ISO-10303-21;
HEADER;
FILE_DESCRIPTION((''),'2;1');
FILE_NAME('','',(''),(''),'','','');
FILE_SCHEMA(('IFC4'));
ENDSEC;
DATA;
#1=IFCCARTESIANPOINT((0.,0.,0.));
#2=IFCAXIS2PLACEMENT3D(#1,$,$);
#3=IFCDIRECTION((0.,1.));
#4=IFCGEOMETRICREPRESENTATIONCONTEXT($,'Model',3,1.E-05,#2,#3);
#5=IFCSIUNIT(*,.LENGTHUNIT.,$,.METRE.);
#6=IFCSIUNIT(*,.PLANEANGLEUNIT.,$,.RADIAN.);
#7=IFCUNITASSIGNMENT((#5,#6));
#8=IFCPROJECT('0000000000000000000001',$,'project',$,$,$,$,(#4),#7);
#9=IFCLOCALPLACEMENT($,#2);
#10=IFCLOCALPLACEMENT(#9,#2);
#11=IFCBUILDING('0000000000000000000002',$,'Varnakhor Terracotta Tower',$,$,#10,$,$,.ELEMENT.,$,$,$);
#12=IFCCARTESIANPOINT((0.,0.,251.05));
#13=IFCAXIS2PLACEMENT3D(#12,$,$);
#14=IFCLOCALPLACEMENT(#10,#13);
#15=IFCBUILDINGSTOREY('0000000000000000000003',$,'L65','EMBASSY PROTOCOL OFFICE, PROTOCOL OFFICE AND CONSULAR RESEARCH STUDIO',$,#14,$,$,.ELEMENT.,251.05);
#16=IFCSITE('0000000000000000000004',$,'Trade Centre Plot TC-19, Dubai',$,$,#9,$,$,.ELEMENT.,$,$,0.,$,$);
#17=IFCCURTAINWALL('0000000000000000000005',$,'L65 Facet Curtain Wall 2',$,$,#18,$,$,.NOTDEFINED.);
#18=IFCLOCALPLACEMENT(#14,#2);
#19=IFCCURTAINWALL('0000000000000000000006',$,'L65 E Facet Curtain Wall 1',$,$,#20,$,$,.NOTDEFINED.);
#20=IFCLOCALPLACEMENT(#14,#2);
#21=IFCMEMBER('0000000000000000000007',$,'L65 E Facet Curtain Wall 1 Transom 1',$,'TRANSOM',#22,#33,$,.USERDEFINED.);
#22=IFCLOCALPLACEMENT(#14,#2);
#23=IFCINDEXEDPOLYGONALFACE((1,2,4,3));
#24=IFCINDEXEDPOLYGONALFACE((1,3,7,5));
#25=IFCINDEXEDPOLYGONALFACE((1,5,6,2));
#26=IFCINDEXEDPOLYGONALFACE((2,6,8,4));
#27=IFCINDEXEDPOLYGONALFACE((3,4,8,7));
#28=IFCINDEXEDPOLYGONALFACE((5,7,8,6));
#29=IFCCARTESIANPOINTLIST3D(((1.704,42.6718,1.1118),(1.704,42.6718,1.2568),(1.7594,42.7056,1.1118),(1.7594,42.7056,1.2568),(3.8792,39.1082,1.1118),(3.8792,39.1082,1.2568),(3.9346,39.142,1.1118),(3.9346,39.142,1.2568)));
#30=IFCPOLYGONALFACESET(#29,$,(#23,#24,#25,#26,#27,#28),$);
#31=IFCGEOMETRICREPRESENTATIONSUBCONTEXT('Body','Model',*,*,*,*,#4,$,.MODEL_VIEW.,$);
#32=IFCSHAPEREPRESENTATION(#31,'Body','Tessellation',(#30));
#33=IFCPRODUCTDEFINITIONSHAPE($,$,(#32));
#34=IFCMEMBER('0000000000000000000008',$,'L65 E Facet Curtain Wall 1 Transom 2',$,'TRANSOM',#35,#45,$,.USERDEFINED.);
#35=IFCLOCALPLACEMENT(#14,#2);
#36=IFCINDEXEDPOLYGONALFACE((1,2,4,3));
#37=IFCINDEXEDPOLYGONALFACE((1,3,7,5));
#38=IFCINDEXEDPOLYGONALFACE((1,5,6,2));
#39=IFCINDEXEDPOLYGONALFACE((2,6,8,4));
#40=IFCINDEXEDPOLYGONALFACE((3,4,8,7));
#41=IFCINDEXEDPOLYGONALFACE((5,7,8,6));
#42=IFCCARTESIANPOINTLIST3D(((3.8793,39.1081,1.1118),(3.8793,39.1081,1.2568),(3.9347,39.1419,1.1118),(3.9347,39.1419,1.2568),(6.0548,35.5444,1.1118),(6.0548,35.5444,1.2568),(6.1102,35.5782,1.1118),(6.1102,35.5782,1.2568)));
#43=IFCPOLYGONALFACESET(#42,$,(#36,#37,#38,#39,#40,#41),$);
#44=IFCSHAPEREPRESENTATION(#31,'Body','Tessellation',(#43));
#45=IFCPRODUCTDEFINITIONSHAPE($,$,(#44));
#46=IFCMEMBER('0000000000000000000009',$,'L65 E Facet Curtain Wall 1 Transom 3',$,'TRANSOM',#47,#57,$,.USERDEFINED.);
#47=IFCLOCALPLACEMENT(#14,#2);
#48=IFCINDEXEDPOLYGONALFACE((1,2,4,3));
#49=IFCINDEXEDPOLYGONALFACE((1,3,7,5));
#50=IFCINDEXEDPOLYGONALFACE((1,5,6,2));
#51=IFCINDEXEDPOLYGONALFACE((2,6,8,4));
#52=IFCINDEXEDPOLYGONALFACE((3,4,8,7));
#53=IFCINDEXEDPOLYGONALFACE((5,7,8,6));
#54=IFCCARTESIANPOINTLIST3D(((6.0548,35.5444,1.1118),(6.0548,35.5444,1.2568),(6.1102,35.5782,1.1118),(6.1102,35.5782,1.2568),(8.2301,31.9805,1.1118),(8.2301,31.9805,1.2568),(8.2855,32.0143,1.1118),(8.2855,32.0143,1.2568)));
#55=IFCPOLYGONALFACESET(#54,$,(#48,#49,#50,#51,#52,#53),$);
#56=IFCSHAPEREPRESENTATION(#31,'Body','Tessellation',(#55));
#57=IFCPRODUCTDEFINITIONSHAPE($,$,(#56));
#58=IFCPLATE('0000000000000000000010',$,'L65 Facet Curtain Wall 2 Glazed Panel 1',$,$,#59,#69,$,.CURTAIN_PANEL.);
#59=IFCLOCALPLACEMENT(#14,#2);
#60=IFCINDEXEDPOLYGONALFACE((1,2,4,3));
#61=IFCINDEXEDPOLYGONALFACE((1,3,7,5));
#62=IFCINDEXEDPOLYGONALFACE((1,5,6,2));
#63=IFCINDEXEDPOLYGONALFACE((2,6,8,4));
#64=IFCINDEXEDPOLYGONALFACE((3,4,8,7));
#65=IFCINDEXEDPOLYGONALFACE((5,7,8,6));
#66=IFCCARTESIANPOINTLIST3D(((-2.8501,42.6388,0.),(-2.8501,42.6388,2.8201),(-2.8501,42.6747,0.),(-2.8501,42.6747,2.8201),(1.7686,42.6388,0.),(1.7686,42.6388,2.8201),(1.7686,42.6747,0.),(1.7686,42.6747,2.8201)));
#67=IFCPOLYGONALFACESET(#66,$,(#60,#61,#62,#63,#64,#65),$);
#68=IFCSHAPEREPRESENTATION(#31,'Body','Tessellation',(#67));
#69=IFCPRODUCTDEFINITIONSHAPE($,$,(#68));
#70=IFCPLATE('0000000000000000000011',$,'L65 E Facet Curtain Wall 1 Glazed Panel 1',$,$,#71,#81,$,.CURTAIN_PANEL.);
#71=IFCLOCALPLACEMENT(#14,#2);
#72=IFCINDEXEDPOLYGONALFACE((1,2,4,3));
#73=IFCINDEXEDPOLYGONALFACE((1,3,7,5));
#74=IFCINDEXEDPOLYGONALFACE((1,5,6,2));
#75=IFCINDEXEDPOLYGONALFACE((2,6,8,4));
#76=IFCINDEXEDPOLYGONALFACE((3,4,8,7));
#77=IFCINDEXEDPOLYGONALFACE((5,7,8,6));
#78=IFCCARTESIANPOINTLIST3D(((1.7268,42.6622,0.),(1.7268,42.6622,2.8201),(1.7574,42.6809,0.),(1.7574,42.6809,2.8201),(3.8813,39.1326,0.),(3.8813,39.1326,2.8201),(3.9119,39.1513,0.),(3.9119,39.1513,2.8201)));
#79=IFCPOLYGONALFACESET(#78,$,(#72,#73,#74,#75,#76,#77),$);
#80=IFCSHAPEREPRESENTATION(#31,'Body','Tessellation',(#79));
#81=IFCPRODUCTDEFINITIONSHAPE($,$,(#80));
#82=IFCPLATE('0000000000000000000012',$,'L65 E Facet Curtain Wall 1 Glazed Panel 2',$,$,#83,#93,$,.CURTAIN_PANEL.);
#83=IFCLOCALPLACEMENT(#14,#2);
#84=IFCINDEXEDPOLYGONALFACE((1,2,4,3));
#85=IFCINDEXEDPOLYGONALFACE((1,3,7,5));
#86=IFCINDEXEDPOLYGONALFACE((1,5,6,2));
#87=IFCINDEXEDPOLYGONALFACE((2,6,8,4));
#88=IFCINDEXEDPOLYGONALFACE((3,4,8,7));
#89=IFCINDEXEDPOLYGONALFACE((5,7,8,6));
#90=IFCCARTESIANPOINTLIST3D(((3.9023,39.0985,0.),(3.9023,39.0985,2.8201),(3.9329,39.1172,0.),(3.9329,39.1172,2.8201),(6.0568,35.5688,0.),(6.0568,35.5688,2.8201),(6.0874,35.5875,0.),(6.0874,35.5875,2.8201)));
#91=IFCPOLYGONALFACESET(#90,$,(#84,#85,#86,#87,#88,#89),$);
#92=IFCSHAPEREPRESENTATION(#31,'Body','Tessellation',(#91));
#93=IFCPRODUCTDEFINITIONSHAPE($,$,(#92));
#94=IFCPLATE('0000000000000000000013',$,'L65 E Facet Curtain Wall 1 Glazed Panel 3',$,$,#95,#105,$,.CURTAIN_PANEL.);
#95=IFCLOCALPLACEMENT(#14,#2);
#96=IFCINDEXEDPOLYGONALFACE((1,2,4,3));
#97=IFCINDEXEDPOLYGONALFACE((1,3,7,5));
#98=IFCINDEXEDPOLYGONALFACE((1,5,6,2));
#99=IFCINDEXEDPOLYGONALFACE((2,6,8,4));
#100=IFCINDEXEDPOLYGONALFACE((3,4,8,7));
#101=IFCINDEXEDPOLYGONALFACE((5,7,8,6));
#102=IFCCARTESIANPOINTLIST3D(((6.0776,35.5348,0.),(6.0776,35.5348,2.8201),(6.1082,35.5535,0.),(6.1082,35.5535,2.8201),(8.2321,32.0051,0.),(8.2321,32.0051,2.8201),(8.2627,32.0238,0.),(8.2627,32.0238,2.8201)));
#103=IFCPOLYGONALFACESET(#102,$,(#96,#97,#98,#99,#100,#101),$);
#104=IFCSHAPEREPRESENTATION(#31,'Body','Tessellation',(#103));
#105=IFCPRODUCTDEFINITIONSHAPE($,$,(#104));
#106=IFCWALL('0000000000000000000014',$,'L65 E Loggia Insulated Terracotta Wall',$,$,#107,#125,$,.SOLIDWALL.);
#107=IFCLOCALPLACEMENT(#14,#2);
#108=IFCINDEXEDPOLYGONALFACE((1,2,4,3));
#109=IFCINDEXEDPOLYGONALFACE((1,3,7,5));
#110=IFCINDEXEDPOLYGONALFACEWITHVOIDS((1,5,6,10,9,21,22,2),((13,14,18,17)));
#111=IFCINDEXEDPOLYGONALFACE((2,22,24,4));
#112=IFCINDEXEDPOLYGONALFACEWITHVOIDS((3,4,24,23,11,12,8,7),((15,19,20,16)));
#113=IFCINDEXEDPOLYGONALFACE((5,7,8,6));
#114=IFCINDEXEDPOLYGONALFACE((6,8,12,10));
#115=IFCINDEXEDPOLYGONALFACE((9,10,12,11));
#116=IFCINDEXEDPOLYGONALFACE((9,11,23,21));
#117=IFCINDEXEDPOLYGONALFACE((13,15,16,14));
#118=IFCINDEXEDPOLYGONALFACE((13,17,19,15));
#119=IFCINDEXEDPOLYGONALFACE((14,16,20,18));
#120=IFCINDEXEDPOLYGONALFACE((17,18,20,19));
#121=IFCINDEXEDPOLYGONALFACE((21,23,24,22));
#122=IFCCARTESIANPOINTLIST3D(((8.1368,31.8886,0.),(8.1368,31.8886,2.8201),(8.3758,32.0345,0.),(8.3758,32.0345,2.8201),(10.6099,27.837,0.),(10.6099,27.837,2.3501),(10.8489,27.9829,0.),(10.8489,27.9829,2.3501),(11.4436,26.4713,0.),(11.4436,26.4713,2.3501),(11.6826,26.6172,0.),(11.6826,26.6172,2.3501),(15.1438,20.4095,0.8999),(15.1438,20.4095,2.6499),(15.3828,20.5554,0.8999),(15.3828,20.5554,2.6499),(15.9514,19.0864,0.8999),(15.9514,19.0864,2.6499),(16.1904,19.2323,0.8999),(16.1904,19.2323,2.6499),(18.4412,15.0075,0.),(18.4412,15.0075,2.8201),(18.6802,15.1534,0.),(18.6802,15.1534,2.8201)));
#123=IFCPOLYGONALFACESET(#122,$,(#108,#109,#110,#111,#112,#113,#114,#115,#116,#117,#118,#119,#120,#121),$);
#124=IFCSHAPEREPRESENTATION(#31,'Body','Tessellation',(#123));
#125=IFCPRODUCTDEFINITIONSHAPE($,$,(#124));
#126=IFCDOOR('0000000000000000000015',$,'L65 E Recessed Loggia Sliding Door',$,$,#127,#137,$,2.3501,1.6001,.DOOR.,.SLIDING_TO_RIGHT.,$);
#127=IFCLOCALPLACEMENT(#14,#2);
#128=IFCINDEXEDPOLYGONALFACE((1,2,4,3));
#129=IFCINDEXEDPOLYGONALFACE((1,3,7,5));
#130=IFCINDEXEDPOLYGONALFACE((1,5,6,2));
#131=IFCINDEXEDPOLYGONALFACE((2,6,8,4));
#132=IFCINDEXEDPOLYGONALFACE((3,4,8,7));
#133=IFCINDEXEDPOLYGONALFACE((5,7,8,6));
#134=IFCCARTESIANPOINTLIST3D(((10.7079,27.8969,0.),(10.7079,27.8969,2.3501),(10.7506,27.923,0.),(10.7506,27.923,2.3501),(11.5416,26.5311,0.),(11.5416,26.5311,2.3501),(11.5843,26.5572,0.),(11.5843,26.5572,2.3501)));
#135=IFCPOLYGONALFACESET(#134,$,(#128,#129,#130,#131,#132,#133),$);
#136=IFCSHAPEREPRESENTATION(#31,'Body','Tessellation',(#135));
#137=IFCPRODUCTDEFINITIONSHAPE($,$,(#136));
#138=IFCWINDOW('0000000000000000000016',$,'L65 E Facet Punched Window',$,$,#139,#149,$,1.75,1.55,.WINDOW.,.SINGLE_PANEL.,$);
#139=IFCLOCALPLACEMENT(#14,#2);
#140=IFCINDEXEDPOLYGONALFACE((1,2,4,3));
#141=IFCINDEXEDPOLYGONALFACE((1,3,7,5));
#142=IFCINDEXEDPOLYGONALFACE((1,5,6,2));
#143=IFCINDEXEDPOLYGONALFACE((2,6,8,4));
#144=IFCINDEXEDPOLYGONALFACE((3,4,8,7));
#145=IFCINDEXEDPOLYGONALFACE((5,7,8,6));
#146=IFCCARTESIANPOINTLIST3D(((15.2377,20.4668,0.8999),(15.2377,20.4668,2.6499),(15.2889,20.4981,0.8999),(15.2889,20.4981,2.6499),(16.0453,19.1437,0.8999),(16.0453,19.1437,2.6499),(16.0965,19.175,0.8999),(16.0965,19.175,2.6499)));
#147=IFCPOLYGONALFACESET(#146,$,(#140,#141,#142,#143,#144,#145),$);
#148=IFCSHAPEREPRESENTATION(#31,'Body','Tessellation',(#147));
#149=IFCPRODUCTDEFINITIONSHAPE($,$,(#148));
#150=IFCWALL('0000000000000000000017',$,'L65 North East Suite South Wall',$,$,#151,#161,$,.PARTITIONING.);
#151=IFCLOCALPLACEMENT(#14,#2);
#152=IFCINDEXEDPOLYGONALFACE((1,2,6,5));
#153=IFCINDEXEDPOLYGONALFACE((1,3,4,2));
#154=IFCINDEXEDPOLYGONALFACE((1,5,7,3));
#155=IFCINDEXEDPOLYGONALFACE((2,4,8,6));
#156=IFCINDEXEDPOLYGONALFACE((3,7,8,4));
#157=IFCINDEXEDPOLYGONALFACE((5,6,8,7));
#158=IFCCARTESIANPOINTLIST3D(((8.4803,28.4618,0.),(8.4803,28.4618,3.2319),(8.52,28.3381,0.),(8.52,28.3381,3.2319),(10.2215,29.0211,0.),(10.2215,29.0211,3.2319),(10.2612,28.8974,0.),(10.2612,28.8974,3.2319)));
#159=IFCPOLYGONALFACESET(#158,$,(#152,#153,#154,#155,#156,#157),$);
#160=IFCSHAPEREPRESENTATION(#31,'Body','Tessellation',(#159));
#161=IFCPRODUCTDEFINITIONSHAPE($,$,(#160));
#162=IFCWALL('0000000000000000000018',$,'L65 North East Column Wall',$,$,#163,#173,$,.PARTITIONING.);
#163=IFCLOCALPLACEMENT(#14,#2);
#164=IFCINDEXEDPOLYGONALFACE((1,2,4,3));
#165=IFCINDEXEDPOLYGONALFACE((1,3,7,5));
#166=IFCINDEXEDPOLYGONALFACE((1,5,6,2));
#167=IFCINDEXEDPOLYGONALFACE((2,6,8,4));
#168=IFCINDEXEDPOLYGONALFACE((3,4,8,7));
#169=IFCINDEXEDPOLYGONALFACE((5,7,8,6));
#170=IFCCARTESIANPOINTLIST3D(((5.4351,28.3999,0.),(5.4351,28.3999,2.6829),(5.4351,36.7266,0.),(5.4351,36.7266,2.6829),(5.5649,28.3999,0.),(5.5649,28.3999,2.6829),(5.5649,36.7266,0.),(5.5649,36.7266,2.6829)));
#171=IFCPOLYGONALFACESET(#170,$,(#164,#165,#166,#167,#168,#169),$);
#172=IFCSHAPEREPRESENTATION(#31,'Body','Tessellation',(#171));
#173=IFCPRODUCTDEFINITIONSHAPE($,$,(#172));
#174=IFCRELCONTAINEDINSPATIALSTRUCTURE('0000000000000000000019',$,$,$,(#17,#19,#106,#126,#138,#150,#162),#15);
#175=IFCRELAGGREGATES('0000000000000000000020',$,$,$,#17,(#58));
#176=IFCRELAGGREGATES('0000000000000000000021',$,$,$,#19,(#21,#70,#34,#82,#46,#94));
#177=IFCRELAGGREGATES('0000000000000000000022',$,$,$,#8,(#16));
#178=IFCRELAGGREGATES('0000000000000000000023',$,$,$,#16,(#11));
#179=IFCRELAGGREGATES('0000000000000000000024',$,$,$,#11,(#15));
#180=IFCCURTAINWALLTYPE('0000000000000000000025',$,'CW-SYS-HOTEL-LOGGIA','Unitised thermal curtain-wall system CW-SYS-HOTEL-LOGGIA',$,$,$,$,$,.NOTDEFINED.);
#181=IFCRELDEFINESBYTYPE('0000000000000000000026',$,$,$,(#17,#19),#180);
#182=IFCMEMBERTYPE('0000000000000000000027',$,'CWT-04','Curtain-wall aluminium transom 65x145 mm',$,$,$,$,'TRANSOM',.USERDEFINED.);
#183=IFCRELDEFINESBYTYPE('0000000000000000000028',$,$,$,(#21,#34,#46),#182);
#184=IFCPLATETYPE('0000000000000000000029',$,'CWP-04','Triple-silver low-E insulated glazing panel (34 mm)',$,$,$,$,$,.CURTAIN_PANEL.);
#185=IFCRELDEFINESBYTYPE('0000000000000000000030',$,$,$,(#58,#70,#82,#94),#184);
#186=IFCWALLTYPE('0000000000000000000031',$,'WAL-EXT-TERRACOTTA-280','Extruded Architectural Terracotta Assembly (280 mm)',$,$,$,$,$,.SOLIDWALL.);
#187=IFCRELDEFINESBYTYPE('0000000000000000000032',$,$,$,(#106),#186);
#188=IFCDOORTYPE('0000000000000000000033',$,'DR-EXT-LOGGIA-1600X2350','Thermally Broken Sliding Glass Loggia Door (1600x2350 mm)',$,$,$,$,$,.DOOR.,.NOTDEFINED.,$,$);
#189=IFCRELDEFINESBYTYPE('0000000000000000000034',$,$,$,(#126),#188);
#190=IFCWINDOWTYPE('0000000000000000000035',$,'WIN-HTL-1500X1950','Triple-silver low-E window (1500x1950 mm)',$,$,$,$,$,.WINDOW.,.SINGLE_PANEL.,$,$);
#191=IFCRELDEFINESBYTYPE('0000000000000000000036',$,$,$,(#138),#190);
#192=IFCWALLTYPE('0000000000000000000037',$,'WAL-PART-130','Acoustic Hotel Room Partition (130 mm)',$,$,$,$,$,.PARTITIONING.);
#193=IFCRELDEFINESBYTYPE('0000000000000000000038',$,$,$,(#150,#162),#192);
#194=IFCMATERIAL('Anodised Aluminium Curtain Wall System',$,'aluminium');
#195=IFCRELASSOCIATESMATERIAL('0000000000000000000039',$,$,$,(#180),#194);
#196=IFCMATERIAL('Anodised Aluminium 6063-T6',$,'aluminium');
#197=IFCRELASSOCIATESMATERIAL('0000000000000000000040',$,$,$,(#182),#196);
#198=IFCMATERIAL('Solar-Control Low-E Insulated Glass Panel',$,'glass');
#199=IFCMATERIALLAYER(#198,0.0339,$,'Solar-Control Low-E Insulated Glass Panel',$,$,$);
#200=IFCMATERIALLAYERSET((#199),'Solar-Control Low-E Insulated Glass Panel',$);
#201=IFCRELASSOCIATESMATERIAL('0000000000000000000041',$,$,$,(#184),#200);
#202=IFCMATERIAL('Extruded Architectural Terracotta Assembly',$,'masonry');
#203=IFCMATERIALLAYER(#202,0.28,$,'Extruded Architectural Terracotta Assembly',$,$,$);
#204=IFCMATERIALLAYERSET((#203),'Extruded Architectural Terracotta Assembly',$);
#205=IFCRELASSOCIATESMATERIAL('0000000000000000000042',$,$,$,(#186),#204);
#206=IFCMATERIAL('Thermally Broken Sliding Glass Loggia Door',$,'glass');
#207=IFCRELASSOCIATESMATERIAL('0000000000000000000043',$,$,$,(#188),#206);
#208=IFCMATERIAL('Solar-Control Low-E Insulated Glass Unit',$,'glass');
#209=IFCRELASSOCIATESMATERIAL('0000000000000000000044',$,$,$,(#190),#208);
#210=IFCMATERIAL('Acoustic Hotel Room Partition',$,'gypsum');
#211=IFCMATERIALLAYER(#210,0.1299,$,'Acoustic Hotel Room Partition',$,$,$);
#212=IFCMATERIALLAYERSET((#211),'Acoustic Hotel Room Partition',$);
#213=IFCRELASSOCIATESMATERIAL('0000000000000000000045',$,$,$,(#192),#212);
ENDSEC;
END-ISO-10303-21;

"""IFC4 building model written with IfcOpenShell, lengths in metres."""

from ifc_helpers import new_model, si_unit, direction, frame, frame_2d, origin, origin_2d, place, context, subcontext, project, spatial, rectangle, extrude, source, transform, mapped, material, layer, layer_set, material_profile, profile_set, type_object, type_shapes, element, fill, aggregate, save


model = new_model("IFC4")

# Units and contexts
model_context = context("Model", 3, precision=1e-05, world=origin(), true_north=direction((0.0, 1.0)))
body_context = subcontext(model_context, "Body", "Model", "MODEL_VIEW")
ifc_project = project(units=[si_unit("LENGTHUNIT", "METRE"), si_unit("PLANEANGLEUNIT", "RADIAN")], contexts=[model_context])

# Site, building, storey
site_placement = place(None, origin())
site = spatial("IfcSite", under=ifc_project, at=site_placement, Name="Trade Centre Plot TC-19, Dubai", CompositionType="ELEMENT", RefElevation=0.0)
building_placement = place(site_placement, origin())
building = spatial("IfcBuilding", under=site, at=building_placement, Name="Varnakhor Terracotta Tower", CompositionType="ELEMENT")
storey_placement = place(building_placement, frame((0.0, 0.0, 251.05)))
storey = spatial("IfcBuildingStorey", under=building, at=storey_placement, Name="L65", Description="EMBASSY PROTOCOL OFFICE, PROTOCOL OFFICE AND CONSULAR RESEARCH STUDIO", CompositionType="ELEMENT", Elevation=251.05)

# Curtain wall
ifc_material_1 = material(Name="Anodised Aluminium Curtain Wall System", Category="aluminium")
curtain_wall_type = type_object("IfcCurtainWallType", Name="CW-SYS-HOTEL-LOGGIA", Description="Unitised thermal curtain-wall system CW-SYS-HOTEL-LOGGIA", PredefinedType="NOTDEFINED", material=ifc_material_1)
curtain_wall_1_placement = place(storey_placement, origin())
curtain_wall_1 = element("IfcCurtainWall", 1, at=curtain_wall_1_placement, inside=storey, type_object=curtain_wall_type, Name="L65 Facet Curtain Wall 2", PredefinedType="NOTDEFINED")
ifc_material_2 = material(Name="Anodised Aluminium 6063-T6", Category="aluminium")

# Curtain wall
curtain_wall_2_placement = place(storey_placement, origin())
curtain_wall_2 = element("IfcCurtainWall", 2, at=curtain_wall_2_placement, inside=storey, type_object=curtain_wall_type, Name="L65 E Facet Curtain Wall 1", PredefinedType="NOTDEFINED")

# Members
ifc_material_profile_1 = material_profile(ifc_material_2, rectangle(XDim=0.0649, YDim=0.145, at=origin_2d()), Name="ALU TRANSOM 65x145")
ifc_profile_set_1 = profile_set([ifc_material_profile_1], Name="Anodised Aluminium 6063-T6")
member_type_1 = type_object("IfcMemberType", Name="CWT-04", Description="Curtain-wall aluminium transom 65x145 mm", ElementType="TRANSOM", PredefinedType="USERDEFINED", material=ifc_profile_set_1)
shared_shape_1 = source(origin(), body_context, "Body", "SweptSolid", [
    extrude(rectangle(XDim=0.0649, YDim=0.145, at=origin_2d()), origin(), (0.0, 0.0, 1.0), 4.175),
])
member_1_placement = place(storey_placement, frame((1.7317, 42.6887, 1.1843), z_axis=(0.521008, -0.853552, 0.0), x_axis=(0.853552, 0.521008, 0.0)))
member_1 = element("IfcMember", 3, at=member_1_placement, type_object=member_type_1, Name="L65 E Facet Curtain Wall 1 Transom 1", ObjectType="TRANSOM", PredefinedType="USERDEFINED", context=body_context, shape_type="MappedRepresentation", body=[
    mapped(shared_shape_1, transform((0.0, 0.0, 0.0), scale=1.0)),
])
shared_shape_2 = source(origin(), body_context, "Body", "SweptSolid", [
    extrude(rectangle(XDim=0.0649, YDim=0.145, at=origin_2d()), origin(), (0.0, 0.0, 1.0), 4.1753),
])
member_2_placement = place(storey_placement, frame((3.907, 39.125, 1.1843), z_axis=(0.52105, -0.853526, 0.0), x_axis=(0.853526, 0.52105, 0.0)))
member_2 = element("IfcMember", 4, at=member_2_placement, type_object=member_type_1, Name="L65 E Facet Curtain Wall 1 Transom 2", ObjectType="TRANSOM", PredefinedType="USERDEFINED", context=body_context, shape_type="MappedRepresentation", body=[
    mapped(shared_shape_2, transform((0.0, 0.0, 0.0), scale=1.0)),
])
member_3_placement = place(storey_placement, frame((6.0825, 35.5613, 1.1843), z_axis=(0.520982, -0.853568, 0.0), x_axis=(0.853568, 0.520982, 0.0)))
member_3 = element("IfcMember", 5, at=member_3_placement, type_object=member_type_1, Name="L65 E Facet Curtain Wall 1 Transom 3", ObjectType="TRANSOM", PredefinedType="USERDEFINED", context=body_context, shape_type="MappedRepresentation", body=[
    mapped(shared_shape_2, transform((0.0, 0.0, 0.0), scale=1.0)),
])

# Plates
ifc_material_3 = material(Name="Solar-Control Low-E Insulated Glass Panel", Category="glass")
ifc_layer_1 = layer(ifc_material_3, 0.0339, Name="Solar-Control Low-E Insulated Glass Panel")
ifc_layer_set_1 = layer_set([ifc_layer_1], Name="Solar-Control Low-E Insulated Glass Panel")
plate_type = type_object("IfcPlateType", Name="CWP-04", Description="Triple-silver low-E insulated glazing panel (34 mm)", PredefinedType="CURTAIN_PANEL", material=ifc_layer_set_1)
shared_shape_3 = source(origin(), body_context, "Body", "SweptSolid", [
    extrude(rectangle(XDim=4.6187, YDim=0.0359, at=origin_2d()), origin(), (0.0, 0.0, 1.0), 2.8201),
])
plate_1_placement = place(storey_placement, frame((-0.5408, 42.6567, 0.0), z_axis=(0.0, 0.0, 1.0), x_axis=(1.0, 0.0, 0.0)))
plate_1 = element("IfcPlate", 6, at=plate_1_placement, type_object=plate_type, Name="L65 Facet Curtain Wall 2 Glazed Panel 1", PredefinedType="CURTAIN_PANEL", context=body_context, shape_type="MappedRepresentation", body=[
    mapped(shared_shape_3, transform((0.0, 0.0, 0.0), scale=1.0)),
])
aggregate(curtain_wall_1, [plate_1])
shared_shape_4 = source(origin(), body_context, "Body", "SweptSolid", [
    extrude(rectangle(XDim=4.1353, YDim=0.0359, at=origin_2d()), origin(), (0.0, 0.0, 1.0), 2.8201),
])
plate_2_placement = place(storey_placement, frame((2.8193, 40.9067, 0.0), z_axis=(0.0, 0.0, 1.0), x_axis=(0.52101, -0.853551, 0.0)))
plate_2 = element("IfcPlate", 7, at=plate_2_placement, type_object=plate_type, Name="L65 E Facet Curtain Wall 1 Glazed Panel 1", PredefinedType="CURTAIN_PANEL", context=body_context, shape_type="MappedRepresentation", body=[
    mapped(shared_shape_4, transform((0.0, 0.0, 0.0), scale=1.0)),
])
plate_3_placement = place(storey_placement, frame((4.9949, 37.343, 0.0), z_axis=(0.0, 0.0, 1.0), x_axis=(0.52101, -0.853551, 0.0)))
plate_3 = element("IfcPlate", 8, at=plate_3_placement, type_object=plate_type, Name="L65 E Facet Curtain Wall 1 Glazed Panel 2", PredefinedType="CURTAIN_PANEL", context=body_context, shape_type="MappedRepresentation", body=[
    mapped(shared_shape_4, transform((0.0, 0.0, 0.0), scale=1.0)),
])
plate_4_placement = place(storey_placement, frame((7.1702, 33.7793, 0.0), z_axis=(0.0, 0.0, 1.0), x_axis=(0.52101, -0.853551, 0.0)))
plate_4 = element("IfcPlate", 9, at=plate_4_placement, type_object=plate_type, Name="L65 E Facet Curtain Wall 1 Glazed Panel 3", PredefinedType="CURTAIN_PANEL", context=body_context, shape_type="MappedRepresentation", body=[
    mapped(shared_shape_4, transform((0.0, 0.0, 0.0), scale=1.0)),
])
aggregate(curtain_wall_2, [member_1, plate_2, member_2, plate_3, member_3, plate_4])

# Wall, openings, door, window
ifc_material_4 = material(Name="Extruded Architectural Terracotta Assembly", Category="masonry")
ifc_layer_2 = layer(ifc_material_4, 0.28, Name="Extruded Architectural Terracotta Assembly")
ifc_layer_set_2 = layer_set([ifc_layer_2], Name="Extruded Architectural Terracotta Assembly")
wall_type_1 = type_object("IfcWallType", Name="WAL-EXT-TERRACOTTA-280", Description="Extruded Architectural Terracotta Assembly (280 mm)", PredefinedType="SOLIDWALL", material=ifc_layer_set_2)
wall_1_placement = place(storey_placement, frame((8.2563, 31.9614, 0.0), z_axis=(0.0, 0.0, 1.0), x_axis=(0.521016, -0.853547, 0.0)))
wall_1 = element("IfcWall", 10, at=wall_1_placement, inside=storey, type_object=wall_type_1, Name="L65 E Loggia Insulated Terracotta Wall", PredefinedType="SOLIDWALL", context=body_context, shape_type="SweptSolid", body=[
    extrude(rectangle(XDim=19.7776, YDim=0.28, at=frame_2d((9.8887, 0.0))), origin(), (0.0, 0.0, 1.0), 2.8201),
])
opening_1_placement = place(wall_1_placement, frame((4.7466, 0.0, 0.0)))
opening_1 = element("IfcOpeningElement", 11, at=opening_1_placement, cuts=wall_1, PredefinedType="OPENING", context=body_context, shape_type="SweptSolid", body=[
    extrude(rectangle(XDim=1.6001, YDim=2.3501, at=frame_2d((0.8, 1.175))), frame((0.0, 0.1499, 0.0), z_axis=(0.0, -1.0, 0.0), x_axis=(1.0, 0.0, 0.0)), (0.0, 0.0, 1.0), 0.3),
])
opening_2_placement = place(wall_1_placement, frame((13.4487, 0.0, 0.8999)))
opening_2 = element("IfcOpeningElement", 12, at=opening_2_placement, cuts=wall_1, PredefinedType="OPENING", context=body_context, shape_type="SweptSolid", body=[
    extrude(rectangle(XDim=1.55, YDim=1.75, at=frame_2d((0.7749, 0.875))), frame((0.0, 0.1499, 0.0), z_axis=(0.0, -1.0, 0.0), x_axis=(1.0, 0.0, 0.0)), (0.0, 0.0, 1.0), 0.3),
])
ifc_material_5 = material(Name="Thermally Broken Sliding Glass Loggia Door", Category="glass")
door_type = type_object("IfcDoorType", Name="DR-EXT-LOGGIA-1600X2350", Description="Thermally Broken Sliding Glass Loggia Door (1600x2350 mm)", OperationType="NOTDEFINED", PredefinedType="DOOR", material=ifc_material_5)
shared_shape_5 = source(origin(), body_context, "Body", "SweptSolid", [
    extrude(rectangle(XDim=1.6001, YDim=2.3501, at=frame_2d((0.8, 1.175))), frame((0.0, 0.0249, 0.0), z_axis=(0.0, -1.0, 0.0), x_axis=(1.0, 0.0, 0.0)), (0.0, 0.0, 1.0), 0.05),
])
type_shapes(door_type, [shared_shape_5])
door_placement = place(opening_1_placement, origin())
door = element("IfcDoor", 13, at=door_placement, inside=storey, type_object=door_type, Name="L65 E Recessed Loggia Sliding Door", OperationType="SLIDING_TO_RIGHT", OverallHeight=2.3501, OverallWidth=1.6001, PredefinedType="DOOR", context=body_context, shape_type="MappedRepresentation", body=[
    mapped(shared_shape_5, transform((0.0, 0.0, 0.0), scale=1.0)),
])
fill(opening_1, door)
ifc_material_6 = material(Name="Solar-Control Low-E Insulated Glass Unit", Category="glass")
window_type = type_object("IfcWindowType", Name="WIN-HTL-1500X1950", Description="Triple-silver low-E window (1500x1950 mm)", PartitioningType="SINGLE_PANEL", PredefinedType="WINDOW", material=ifc_material_6)
shared_shape_6 = source(origin(), body_context, "Body", "SweptSolid", [
    extrude(rectangle(XDim=1.55, YDim=1.75, at=frame_2d((0.7749, 0.875))), frame((0.0, 0.03, 0.0), z_axis=(0.0, -1.0, 0.0), x_axis=(1.0, 0.0, 0.0)), (0.0, 0.0, 1.0), 0.0601),
])
type_shapes(window_type, [shared_shape_6])
window_placement = place(opening_2_placement, origin())
window = element("IfcWindow", 14, at=window_placement, inside=storey, type_object=window_type, Name="L65 E Facet Punched Window", OverallHeight=1.75, OverallWidth=1.55, PartitioningType="SINGLE_PANEL", PredefinedType="WINDOW", context=body_context, shape_type="MappedRepresentation", body=[
    mapped(shared_shape_6, transform((0.0, 0.0, 0.0), scale=1.0)),
])
fill(opening_2, window)

# Walls
ifc_material_7 = material(Name="Acoustic Hotel Room Partition", Category="gypsum")
ifc_layer_3 = layer(ifc_material_7, 0.1299, Name="Acoustic Hotel Room Partition")
ifc_layer_set_3 = layer_set([ifc_layer_3], Name="Acoustic Hotel Room Partition")
wall_type_2 = type_object("IfcWallType", Name="WAL-PART-130", Description="Acoustic Hotel Room Partition (130 mm)", PredefinedType="PARTITIONING", material=ifc_layer_set_3)
wall_2_placement = place(storey_placement, frame((8.5, 28.3999, 0.0), z_axis=(0.0, 0.0, 1.0), x_axis=(0.952084, 0.305836, 0.0)))
element("IfcWall", 15, at=wall_2_placement, inside=storey, type_object=wall_type_2, Name="L65 North East Suite South Wall", PredefinedType="PARTITIONING", context=body_context, shape_type="SweptSolid", body=[
    extrude(rectangle(XDim=1.8289, YDim=0.1299, at=frame_2d((0.9146, 0.0))), origin(), (0.0, 0.0, 1.0), 3.2319),
])
wall_3_placement = place(storey_placement, frame((5.5, 28.3999, 0.0), z_axis=(0.0, 0.0, 1.0), x_axis=(0.0, 1.0, 0.0)))
element("IfcWall", 16, at=wall_3_placement, inside=storey, type_object=wall_type_2, Name="L65 North East Column Wall", PredefinedType="PARTITIONING", context=body_context, shape_type="SweptSolid", body=[
    extrude(rectangle(XDim=8.3267, YDim=0.1299, at=frame_2d((4.1633, 0.0))), origin(), (0.0, 0.0, 1.0), 2.6829),
])

save(model, "model.ifc")
